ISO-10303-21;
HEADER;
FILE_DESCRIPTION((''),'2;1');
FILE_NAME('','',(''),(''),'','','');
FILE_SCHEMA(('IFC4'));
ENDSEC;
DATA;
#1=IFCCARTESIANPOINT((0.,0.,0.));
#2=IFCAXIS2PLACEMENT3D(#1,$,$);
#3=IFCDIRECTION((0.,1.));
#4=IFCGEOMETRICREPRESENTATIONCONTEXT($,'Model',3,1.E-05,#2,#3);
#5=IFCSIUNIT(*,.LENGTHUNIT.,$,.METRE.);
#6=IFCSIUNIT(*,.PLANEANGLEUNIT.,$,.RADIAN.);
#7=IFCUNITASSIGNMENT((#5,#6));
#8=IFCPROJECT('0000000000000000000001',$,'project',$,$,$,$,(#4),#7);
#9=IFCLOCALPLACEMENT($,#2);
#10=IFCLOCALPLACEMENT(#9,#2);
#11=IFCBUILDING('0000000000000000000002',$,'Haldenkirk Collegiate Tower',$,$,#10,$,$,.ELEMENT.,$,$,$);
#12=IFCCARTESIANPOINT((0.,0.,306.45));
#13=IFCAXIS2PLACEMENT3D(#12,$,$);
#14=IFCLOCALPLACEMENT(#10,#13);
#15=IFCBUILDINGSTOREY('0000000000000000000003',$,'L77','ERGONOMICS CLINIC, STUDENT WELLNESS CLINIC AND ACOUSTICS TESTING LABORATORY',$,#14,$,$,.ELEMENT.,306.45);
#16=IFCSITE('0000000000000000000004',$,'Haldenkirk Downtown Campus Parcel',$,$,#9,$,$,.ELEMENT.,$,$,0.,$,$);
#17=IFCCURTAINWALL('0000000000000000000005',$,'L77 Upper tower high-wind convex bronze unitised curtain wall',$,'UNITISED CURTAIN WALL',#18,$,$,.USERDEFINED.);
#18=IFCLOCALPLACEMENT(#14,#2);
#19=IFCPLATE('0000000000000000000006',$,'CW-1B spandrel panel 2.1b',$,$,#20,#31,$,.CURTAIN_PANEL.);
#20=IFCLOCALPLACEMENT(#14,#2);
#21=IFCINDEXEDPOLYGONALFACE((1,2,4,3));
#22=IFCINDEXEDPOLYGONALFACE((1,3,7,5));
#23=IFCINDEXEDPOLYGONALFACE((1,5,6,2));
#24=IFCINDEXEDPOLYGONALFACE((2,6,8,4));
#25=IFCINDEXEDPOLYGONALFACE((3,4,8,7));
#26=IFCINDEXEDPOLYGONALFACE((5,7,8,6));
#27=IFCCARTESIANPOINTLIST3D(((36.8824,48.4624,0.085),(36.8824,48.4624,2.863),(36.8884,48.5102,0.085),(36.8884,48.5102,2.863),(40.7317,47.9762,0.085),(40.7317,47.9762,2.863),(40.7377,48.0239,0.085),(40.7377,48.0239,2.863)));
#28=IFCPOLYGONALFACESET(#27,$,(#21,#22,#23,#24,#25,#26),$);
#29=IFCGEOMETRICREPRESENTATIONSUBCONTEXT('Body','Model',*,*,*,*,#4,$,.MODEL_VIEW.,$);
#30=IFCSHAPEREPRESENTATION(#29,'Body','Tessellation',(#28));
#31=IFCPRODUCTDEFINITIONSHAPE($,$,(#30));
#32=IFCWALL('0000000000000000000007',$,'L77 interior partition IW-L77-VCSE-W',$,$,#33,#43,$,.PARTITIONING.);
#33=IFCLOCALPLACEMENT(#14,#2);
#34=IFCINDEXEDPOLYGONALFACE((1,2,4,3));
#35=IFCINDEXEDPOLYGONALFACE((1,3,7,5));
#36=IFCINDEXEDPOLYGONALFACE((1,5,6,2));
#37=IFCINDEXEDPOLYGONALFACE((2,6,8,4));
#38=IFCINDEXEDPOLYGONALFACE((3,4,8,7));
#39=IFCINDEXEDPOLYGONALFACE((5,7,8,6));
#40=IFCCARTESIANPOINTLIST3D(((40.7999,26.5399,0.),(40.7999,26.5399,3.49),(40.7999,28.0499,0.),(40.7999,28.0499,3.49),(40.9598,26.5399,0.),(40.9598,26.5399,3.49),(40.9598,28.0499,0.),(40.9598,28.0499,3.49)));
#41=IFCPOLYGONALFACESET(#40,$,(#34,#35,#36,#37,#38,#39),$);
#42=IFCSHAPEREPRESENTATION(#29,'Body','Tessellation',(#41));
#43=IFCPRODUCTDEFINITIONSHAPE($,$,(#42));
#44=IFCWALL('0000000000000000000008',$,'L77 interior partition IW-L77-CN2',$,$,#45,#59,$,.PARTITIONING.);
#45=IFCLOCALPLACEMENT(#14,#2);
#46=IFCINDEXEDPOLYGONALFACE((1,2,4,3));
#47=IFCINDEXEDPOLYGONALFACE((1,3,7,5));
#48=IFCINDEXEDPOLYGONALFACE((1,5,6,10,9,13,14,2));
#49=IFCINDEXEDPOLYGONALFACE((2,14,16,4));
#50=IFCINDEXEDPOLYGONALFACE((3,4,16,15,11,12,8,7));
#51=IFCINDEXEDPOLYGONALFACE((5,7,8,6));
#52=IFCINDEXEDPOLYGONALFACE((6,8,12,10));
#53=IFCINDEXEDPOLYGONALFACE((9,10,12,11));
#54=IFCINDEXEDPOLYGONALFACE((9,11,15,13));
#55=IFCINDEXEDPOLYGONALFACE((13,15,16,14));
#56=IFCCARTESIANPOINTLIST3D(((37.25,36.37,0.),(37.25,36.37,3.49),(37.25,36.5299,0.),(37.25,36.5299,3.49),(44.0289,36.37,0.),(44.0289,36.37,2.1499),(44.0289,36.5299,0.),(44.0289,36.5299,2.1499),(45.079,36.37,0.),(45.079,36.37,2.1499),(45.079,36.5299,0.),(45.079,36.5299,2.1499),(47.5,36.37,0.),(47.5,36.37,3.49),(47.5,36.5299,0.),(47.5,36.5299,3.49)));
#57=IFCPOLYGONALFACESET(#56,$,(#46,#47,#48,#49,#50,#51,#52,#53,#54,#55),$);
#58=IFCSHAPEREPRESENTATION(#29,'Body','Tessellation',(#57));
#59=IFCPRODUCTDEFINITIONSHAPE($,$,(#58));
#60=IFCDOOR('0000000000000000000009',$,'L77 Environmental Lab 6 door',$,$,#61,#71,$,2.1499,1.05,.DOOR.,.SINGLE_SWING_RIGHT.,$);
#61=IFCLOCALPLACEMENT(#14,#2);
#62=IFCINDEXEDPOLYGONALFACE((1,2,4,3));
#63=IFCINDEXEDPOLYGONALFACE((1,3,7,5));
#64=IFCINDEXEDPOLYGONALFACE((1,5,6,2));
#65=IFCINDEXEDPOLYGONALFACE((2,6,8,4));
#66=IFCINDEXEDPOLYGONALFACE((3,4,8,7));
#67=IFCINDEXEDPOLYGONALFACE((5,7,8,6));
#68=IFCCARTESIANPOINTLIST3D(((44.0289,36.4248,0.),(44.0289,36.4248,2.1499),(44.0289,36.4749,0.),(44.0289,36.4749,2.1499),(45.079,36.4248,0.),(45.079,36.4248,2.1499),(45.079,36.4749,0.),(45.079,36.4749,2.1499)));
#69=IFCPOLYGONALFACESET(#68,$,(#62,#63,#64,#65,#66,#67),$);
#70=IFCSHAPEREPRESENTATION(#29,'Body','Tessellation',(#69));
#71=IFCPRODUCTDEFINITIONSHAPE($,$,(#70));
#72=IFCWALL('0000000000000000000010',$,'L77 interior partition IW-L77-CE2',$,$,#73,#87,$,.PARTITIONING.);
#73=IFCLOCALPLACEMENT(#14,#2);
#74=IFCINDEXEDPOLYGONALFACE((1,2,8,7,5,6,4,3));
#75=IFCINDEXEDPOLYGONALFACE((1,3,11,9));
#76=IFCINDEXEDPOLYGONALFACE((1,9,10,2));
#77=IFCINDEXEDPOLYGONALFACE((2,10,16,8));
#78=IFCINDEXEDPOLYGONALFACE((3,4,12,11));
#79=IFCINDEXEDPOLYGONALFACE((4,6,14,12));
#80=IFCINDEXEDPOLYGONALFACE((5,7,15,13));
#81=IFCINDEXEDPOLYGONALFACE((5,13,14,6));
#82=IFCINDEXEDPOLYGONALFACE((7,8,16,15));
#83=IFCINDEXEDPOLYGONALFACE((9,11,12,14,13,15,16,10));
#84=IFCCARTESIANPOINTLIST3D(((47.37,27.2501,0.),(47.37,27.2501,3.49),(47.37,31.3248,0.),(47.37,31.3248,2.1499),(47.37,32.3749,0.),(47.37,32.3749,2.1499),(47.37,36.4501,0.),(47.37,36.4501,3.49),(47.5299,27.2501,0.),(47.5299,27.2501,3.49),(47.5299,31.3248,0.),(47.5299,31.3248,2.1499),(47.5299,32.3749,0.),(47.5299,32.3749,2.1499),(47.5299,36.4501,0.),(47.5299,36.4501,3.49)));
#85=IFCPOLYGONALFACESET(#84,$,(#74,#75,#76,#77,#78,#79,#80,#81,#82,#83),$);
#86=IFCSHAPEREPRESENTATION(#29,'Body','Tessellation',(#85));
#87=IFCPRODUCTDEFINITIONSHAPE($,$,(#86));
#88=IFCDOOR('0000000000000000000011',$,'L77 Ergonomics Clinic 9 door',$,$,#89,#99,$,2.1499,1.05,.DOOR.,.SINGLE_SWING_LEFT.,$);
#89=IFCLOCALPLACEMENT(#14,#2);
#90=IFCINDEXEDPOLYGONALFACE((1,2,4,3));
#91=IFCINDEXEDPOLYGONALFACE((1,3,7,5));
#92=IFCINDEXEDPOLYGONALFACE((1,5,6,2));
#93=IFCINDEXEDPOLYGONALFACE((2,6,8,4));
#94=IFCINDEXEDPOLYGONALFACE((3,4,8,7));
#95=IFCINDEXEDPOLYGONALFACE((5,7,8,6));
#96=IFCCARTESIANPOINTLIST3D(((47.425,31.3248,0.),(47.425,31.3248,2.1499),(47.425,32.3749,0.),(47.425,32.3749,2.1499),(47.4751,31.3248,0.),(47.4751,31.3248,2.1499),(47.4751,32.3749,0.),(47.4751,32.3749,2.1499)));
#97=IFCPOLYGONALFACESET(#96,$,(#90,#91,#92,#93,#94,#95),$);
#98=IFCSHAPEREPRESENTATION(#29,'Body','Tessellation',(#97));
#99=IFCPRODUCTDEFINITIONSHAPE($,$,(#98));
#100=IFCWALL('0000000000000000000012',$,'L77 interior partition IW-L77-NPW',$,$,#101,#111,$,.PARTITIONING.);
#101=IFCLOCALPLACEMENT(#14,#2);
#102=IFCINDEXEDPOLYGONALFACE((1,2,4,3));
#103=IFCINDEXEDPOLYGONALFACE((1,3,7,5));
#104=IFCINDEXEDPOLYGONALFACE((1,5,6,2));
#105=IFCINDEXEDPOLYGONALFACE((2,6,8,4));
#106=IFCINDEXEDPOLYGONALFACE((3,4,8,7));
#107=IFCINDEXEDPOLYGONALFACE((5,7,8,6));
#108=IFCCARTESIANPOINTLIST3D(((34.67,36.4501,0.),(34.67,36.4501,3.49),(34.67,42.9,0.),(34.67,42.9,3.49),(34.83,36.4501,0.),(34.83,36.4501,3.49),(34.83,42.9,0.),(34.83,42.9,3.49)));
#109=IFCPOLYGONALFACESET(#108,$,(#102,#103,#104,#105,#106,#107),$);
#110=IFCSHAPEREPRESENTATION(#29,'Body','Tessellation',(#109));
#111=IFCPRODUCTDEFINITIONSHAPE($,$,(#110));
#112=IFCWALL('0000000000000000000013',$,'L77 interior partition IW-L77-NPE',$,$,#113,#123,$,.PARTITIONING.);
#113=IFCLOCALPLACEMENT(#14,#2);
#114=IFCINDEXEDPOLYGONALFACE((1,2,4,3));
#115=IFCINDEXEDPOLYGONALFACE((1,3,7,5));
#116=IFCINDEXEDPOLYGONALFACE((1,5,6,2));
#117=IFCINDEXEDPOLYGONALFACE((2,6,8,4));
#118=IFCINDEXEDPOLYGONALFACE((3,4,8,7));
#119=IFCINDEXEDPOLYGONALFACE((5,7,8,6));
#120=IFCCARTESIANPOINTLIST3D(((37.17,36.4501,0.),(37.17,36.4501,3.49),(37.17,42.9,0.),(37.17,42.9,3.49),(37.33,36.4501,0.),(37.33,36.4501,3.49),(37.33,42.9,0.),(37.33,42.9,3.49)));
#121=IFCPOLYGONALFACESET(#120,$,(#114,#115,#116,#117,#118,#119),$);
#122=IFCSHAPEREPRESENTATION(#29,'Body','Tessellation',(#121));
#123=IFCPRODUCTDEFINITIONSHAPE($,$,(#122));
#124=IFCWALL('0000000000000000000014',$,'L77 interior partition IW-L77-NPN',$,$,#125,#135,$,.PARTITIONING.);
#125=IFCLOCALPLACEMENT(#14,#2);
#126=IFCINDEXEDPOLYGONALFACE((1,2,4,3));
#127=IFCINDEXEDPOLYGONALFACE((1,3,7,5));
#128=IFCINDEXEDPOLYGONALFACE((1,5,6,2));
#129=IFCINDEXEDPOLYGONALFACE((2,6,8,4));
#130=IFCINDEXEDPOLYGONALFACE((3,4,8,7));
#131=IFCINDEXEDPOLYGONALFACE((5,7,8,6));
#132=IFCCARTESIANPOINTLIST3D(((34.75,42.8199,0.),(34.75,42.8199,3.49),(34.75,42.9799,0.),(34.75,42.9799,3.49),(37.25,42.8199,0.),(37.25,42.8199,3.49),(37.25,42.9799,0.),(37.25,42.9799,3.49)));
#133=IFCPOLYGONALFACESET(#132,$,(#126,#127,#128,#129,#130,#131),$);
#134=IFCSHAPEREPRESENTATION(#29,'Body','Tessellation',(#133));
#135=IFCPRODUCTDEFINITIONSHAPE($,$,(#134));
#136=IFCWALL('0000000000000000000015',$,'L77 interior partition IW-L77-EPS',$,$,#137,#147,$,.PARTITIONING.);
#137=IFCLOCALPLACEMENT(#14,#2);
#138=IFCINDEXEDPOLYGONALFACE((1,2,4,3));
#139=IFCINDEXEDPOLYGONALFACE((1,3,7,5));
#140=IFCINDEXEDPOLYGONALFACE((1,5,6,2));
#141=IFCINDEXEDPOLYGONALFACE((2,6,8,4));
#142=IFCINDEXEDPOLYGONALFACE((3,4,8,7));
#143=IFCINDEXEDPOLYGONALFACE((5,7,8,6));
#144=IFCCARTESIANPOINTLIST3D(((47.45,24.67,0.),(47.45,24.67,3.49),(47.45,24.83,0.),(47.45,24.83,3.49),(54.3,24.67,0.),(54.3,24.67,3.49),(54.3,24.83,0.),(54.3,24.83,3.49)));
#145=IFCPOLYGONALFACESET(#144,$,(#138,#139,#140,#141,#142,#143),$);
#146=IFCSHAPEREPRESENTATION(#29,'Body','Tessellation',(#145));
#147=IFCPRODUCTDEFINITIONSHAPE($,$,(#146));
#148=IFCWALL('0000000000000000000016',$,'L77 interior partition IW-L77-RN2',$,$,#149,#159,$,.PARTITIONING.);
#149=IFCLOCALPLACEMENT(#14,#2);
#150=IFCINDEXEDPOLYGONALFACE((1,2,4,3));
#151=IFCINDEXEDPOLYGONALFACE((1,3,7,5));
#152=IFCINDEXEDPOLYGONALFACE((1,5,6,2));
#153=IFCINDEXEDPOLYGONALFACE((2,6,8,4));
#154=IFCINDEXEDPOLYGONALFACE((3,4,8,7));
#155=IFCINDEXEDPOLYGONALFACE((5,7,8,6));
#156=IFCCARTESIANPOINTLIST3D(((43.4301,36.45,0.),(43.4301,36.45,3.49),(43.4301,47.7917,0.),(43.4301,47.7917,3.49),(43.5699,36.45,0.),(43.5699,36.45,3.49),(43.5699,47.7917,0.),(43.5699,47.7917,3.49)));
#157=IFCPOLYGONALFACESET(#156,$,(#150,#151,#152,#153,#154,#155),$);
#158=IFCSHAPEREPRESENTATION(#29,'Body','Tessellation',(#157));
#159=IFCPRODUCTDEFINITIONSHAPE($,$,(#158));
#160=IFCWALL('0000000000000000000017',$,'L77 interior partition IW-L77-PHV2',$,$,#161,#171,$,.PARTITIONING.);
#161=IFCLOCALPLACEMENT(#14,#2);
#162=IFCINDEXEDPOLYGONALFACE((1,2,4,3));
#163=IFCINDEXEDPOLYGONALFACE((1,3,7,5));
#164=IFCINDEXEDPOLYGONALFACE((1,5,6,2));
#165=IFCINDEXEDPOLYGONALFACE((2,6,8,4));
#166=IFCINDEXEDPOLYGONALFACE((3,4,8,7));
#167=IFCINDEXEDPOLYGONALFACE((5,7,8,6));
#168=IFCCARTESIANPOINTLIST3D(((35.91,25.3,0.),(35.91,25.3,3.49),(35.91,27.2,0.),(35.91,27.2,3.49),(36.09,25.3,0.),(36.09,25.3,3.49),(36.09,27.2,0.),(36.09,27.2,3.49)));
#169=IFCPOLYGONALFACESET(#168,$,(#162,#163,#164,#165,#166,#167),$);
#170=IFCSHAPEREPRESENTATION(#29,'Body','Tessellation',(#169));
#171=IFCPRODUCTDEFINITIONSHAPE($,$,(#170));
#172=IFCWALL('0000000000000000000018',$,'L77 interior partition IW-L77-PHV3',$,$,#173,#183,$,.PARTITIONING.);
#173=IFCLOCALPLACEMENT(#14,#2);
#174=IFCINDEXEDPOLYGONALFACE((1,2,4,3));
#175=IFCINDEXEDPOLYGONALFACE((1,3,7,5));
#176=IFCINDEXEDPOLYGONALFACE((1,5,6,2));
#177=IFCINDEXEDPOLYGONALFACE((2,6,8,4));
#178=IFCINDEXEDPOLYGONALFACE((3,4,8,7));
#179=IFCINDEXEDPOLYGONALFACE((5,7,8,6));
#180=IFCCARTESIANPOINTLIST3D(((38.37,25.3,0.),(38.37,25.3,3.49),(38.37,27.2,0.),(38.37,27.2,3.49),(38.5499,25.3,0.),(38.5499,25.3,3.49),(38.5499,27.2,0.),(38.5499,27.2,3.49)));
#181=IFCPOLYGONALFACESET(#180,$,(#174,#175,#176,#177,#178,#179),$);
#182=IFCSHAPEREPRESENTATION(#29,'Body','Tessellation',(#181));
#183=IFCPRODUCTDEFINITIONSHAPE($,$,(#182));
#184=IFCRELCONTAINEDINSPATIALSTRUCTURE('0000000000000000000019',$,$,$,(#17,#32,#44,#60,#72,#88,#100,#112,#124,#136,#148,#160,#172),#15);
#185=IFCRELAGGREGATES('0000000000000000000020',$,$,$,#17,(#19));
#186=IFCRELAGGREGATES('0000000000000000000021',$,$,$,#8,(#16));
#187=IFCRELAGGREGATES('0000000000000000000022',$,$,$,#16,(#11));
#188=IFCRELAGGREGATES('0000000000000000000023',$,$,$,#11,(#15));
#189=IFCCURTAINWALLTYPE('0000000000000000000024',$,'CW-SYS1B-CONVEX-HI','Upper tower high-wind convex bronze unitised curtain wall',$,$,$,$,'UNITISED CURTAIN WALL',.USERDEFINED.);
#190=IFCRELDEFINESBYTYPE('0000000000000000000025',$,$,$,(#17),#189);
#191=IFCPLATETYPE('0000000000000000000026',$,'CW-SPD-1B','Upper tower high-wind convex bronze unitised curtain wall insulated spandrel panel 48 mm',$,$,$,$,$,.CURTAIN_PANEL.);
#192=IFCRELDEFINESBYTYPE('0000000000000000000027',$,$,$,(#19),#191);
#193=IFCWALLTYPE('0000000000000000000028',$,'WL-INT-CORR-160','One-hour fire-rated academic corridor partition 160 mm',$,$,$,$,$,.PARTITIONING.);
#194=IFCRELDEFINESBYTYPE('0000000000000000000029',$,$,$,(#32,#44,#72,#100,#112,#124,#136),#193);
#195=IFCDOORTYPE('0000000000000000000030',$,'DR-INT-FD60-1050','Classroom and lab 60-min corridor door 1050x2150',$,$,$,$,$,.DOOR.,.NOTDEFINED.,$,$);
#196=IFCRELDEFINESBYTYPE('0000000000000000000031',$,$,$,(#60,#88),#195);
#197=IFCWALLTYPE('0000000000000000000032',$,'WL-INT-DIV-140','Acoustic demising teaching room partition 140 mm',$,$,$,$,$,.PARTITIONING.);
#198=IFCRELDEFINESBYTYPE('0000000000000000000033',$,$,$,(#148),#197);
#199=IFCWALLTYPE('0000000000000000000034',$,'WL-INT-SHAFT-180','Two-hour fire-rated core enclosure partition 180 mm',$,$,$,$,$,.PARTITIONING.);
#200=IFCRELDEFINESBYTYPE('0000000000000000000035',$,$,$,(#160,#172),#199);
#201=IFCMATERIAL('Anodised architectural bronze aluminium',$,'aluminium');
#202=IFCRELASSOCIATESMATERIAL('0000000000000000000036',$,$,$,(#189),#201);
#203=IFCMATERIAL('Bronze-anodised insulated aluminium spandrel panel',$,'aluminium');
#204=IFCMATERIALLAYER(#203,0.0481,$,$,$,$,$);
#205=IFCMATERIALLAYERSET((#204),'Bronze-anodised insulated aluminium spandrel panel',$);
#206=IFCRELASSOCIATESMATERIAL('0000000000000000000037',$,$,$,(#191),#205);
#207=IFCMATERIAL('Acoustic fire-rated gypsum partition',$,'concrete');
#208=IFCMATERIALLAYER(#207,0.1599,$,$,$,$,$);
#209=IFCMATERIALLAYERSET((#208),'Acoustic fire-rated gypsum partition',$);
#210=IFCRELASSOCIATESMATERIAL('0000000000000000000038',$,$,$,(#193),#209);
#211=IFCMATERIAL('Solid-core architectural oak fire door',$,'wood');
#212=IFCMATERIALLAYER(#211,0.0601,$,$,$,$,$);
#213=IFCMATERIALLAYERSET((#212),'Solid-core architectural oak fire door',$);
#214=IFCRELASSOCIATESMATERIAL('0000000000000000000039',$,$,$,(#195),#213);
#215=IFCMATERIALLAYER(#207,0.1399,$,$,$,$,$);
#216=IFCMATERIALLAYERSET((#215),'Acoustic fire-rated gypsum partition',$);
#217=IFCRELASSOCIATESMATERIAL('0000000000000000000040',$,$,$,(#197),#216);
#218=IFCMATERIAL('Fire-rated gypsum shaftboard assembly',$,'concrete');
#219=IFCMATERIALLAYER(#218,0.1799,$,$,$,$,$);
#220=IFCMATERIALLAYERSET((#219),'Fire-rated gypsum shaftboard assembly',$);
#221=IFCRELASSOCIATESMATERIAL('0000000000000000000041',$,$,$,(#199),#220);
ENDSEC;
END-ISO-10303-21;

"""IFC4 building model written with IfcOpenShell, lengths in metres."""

from ifc_helpers import new_model, si_unit, direction, frame, frame_2d, origin, origin_2d, place, context, subcontext, project, spatial, rectangle, extrude, source, transform, mapped, material, layer, layer_set, type_object, element, fill, aggregate, save


model = new_model("IFC4")

# Units and contexts
model_context = context("Model", 3, precision=1e-05, world=origin(), true_north=direction((0.0, 1.0)))
body_context = subcontext(model_context, "Body", "Model", "MODEL_VIEW")
ifc_project = project(units=[si_unit("LENGTHUNIT", "METRE"), si_unit("PLANEANGLEUNIT", "RADIAN")], contexts=[model_context])

# Site, building, storey
site_placement = place(None, origin())
site = spatial("IfcSite", under=ifc_project, at=site_placement, Name="Haldenkirk Downtown Campus Parcel", CompositionType="ELEMENT", RefElevation=0.0)
building_placement = place(site_placement, origin())
building = spatial("IfcBuilding", under=site, at=building_placement, Name="Haldenkirk Collegiate Tower", CompositionType="ELEMENT")
storey_placement = place(building_placement, frame((0.0, 0.0, 306.45)))
storey = spatial("IfcBuildingStorey", under=building, at=storey_placement, Name="L77", Description="ERGONOMICS CLINIC, STUDENT WELLNESS CLINIC AND ACOUSTICS TESTING LABORATORY", CompositionType="ELEMENT", Elevation=306.45)

# Curtain wall
ifc_material_1 = material(Name="Anodised architectural bronze aluminium", Category="aluminium")
curtain_wall_type = type_object("IfcCurtainWallType", Name="CW-SYS1B-CONVEX-HI", Description="Upper tower high-wind convex bronze unitised curtain wall", ElementType="UNITISED CURTAIN WALL", PredefinedType="USERDEFINED", material=ifc_material_1)
curtain_wall_placement = place(storey_placement, origin())
curtain_wall = element("IfcCurtainWall", 1, at=curtain_wall_placement, inside=storey, type_object=curtain_wall_type, Name="L77 Upper tower high-wind convex bronze unitised curtain wall", ObjectType="UNITISED CURTAIN WALL", PredefinedType="USERDEFINED")

# Plate
ifc_material_2 = material(Name="Bronze-anodised insulated aluminium spandrel panel", Category="aluminium")
ifc_layer_1 = layer(ifc_material_2, 0.0481)
ifc_layer_set_1 = layer_set([ifc_layer_1], Name="Bronze-anodised insulated aluminium spandrel panel")
plate_type_1 = type_object("IfcPlateType", Name="CW-SPD-1B", Description="Upper tower high-wind convex bronze unitised curtain wall insulated spandrel panel 48 mm", PredefinedType="CURTAIN_PANEL", material=ifc_layer_set_1)
shared_shape_1 = source(origin(), body_context, "Body", "SweptSolid", [
    extrude(rectangle(XDim=3.8799, YDim=0.0481, at=origin_2d()), origin(), (0.0, 0.0, 1.0), 2.7781),
])
plate_1_placement = place(storey_placement, frame((38.8101, 48.2432, 0.085), z_axis=(0.0, 0.0, 1.0), x_axis=(0.992115, -0.125333, 0.0)))
plate_1 = element("IfcPlate", 2, at=plate_1_placement, type_object=plate_type_1, Name="CW-1B spandrel panel 2.1b", PredefinedType="CURTAIN_PANEL", context=body_context, shape_type="MappedRepresentation", body=[
    mapped(shared_shape_1, transform((0.0, 0.0, 0.0), x_axis=(1.0, 0.0, 0.0), y_axis=(0.0, 1.0, 0.0), z_axis=(0.0, 0.0, 1.0), scale=1.0)),
])
aggregate(curtain_wall, [plate_1])

# Shared definitions
ifc_material_3 = material(Name="Acoustic fire-rated gypsum partition", Category="concrete")
ifc_layer_2 = layer(ifc_material_3, 0.1599)
ifc_layer_set_2 = layer_set([ifc_layer_2], Name="Acoustic fire-rated gypsum partition")
wall_type_1 = type_object("IfcWallType", Name="WL-INT-CORR-160", Description="One-hour fire-rated academic corridor partition 160 mm", PredefinedType="PARTITIONING", material=ifc_layer_set_2)
ifc_material_4 = material(Name="Solid-core architectural oak fire door", Category="wood")

# Wall
wall_1_placement = place(storey_placement, frame((40.8799, 26.54, 0.0), z_axis=(0.0, 0.0, 1.0), x_axis=(0.0, 1.0, 0.0)))
element("IfcWall", 3, at=wall_1_placement, inside=storey, type_object=wall_type_1, Name="L77 interior partition IW-L77-VCSE-W", PredefinedType="PARTITIONING", context=body_context, shape_type="SweptSolid", body=[
    extrude(rectangle(XDim=1.51, YDim=0.1599, at=frame_2d((0.7549, 0.0))), origin(), (0.0, 0.0, 1.0), 3.49),
])

# Walls, openings, doors
wall_2_placement = place(storey_placement, frame((37.25, 36.45, 0.0), z_axis=(0.0, 0.0, 1.0), x_axis=(1.0, 0.0, 0.0)))
wall_2 = element("IfcWall", 4, at=wall_2_placement, inside=storey, type_object=wall_type_1, Name="L77 interior partition IW-L77-CN2", PredefinedType="PARTITIONING", context=body_context, shape_type="SweptSolid", body=[
    extrude(rectangle(XDim=10.25, YDim=0.1599, at=frame_2d((5.125, 0.0))), origin(), (0.0, 0.0, 1.0), 3.49),
])
opening_1_placement = place(wall_2_placement, frame((6.7791, 0.0, 0.0)))
opening_1 = element("IfcOpeningElement", 5, at=opening_1_placement, cuts=wall_2, PredefinedType="OPENING", context=body_context, shape_type="SweptSolid", body=[
    extrude(rectangle(XDim=1.05, YDim=2.1499, at=frame_2d((0.5249, 1.075))), frame((0.0, 0.0898, 0.0), z_axis=(0.0, -1.0, 0.0), x_axis=(1.0, 0.0, 0.0)), (0.0, 0.0, 1.0), 0.1799),
])
ifc_layer_3 = layer(ifc_material_4, 0.0601)
ifc_layer_set_3 = layer_set([ifc_layer_3], Name="Solid-core architectural oak fire door")
door_type_1 = type_object("IfcDoorType", Name="DR-INT-FD60-1050", Description="Classroom and lab 60-min corridor door 1050x2150", OperationType="NOTDEFINED", PredefinedType="DOOR", material=ifc_layer_set_3)
door_1_placement = place(opening_1_placement, origin())
door_1 = element("IfcDoor", 6, at=door_1_placement, inside=storey, type_object=door_type_1, Name="L77 Environmental Lab 6 door", OperationType="SINGLE_SWING_RIGHT", OverallHeight=2.1499, OverallWidth=1.05, PredefinedType="DOOR", context=body_context, shape_type="SweptSolid", body=[
    extrude(rectangle(XDim=1.05, YDim=2.1499, at=frame_2d((0.5249, 1.075))), frame((0.0, 0.0249, 0.0), z_axis=(0.0, -1.0, 0.0), x_axis=(1.0, 0.0, 0.0)), (0.0, 0.0, 1.0), 0.05),
])
fill(opening_1, door_1)
wall_3_placement = place(storey_placement, frame((47.45, 27.25, 0.0), z_axis=(0.0, 0.0, 1.0), x_axis=(0.0, 1.0, 0.0)))
wall_3 = element("IfcWall", 7, at=wall_3_placement, inside=storey, type_object=wall_type_1, Name="L77 interior partition IW-L77-CE2", PredefinedType="PARTITIONING", context=body_context, shape_type="SweptSolid", body=[
    extrude(rectangle(XDim=9.2, YDim=0.1599, at=frame_2d((4.6001, 0.0))), origin(), (0.0, 0.0, 1.0), 3.49),
])
opening_2_placement = place(wall_3_placement, frame((4.075, 0.0, 0.0)))
opening_2 = element("IfcOpeningElement", 8, at=opening_2_placement, cuts=wall_3, PredefinedType="OPENING", context=body_context, shape_type="SweptSolid", body=[
    extrude(rectangle(XDim=1.05, YDim=2.1499, at=frame_2d((0.5249, 1.075))), frame((0.0, 0.0898, 0.0), z_axis=(0.0, -1.0, 0.0), x_axis=(1.0, 0.0, 0.0)), (0.0, 0.0, 1.0), 0.1799),
])
door_2_placement = place(opening_2_placement, origin())
door_2 = element("IfcDoor", 9, at=door_2_placement, inside=storey, type_object=door_type_1, Name="L77 Ergonomics Clinic 9 door", OperationType="SINGLE_SWING_LEFT", OverallHeight=2.1499, OverallWidth=1.05, PredefinedType="DOOR", context=body_context, shape_type="SweptSolid", body=[
    extrude(rectangle(XDim=1.05, YDim=2.1499, at=frame_2d((0.5249, 1.075))), frame((0.0, 0.0249, 0.0), z_axis=(0.0, -1.0, 0.0), x_axis=(1.0, 0.0, 0.0)), (0.0, 0.0, 1.0), 0.05),
])
fill(opening_2, door_2)

# Walls
for number, where, z_axis, x_axis, name in (
    (10, (34.75, 36.45, 0.0), (0.0, 0.0, 1.0), (0.0, 1.0, 0.0), "L77 interior partition IW-L77-NPW"),
    (11, (37.25, 36.45, 0.0), (0.0, 0.0, 1.0), (0.0, 1.0, 0.0), "L77 interior partition IW-L77-NPE"),
):
    element("IfcWall", number, at=place(storey_placement, frame(where, z_axis=z_axis, x_axis=x_axis)), inside=storey, type_object=wall_type_1, Name=name, PredefinedType="PARTITIONING", context=body_context, shape_type="SweptSolid", body=[
        extrude(rectangle(XDim=6.45, YDim=0.1599, at=frame_2d((3.2251, 0.0))), origin(), (0.0, 0.0, 1.0), 3.49),
    ])
wall_4_placement = place(storey_placement, frame((34.75, 42.8999, 0.0), z_axis=(0.0, 0.0, 1.0), x_axis=(1.0, 0.0, 0.0)))
element("IfcWall", 12, at=wall_4_placement, inside=storey, type_object=wall_type_1, Name="L77 interior partition IW-L77-NPN", PredefinedType="PARTITIONING", context=body_context, shape_type="SweptSolid", body=[
    extrude(rectangle(XDim=2.5, YDim=0.1599, at=frame_2d((1.25, 0.0))), origin(), (0.0, 0.0, 1.0), 3.49),
])
wall_5_placement = place(storey_placement, frame((47.45, 24.75, 0.0), z_axis=(0.0, 0.0, 1.0), x_axis=(1.0, 0.0, 0.0)))
element("IfcWall", 13, at=wall_5_placement, inside=storey, type_object=wall_type_1, Name="L77 interior partition IW-L77-EPS", PredefinedType="PARTITIONING", context=body_context, shape_type="SweptSolid", body=[
    extrude(rectangle(XDim=6.8501, YDim=0.1599, at=frame_2d((3.425, 0.0))), origin(), (0.0, 0.0, 1.0), 3.49),
])
ifc_layer_4 = layer(ifc_material_3, 0.1399)
ifc_layer_set_4 = layer_set([ifc_layer_4], Name="Acoustic fire-rated gypsum partition")
wall_type_2 = type_object("IfcWallType", Name="WL-INT-DIV-140", Description="Acoustic demising teaching room partition 140 mm", PredefinedType="PARTITIONING", material=ifc_layer_set_4)
wall_6_placement = place(storey_placement, frame((43.5, 36.45, 0.0), z_axis=(0.0, 0.0, 1.0), x_axis=(0.0, 1.0, 0.0)))
element("IfcWall", 14, at=wall_6_placement, inside=storey, type_object=wall_type_2, Name="L77 interior partition IW-L77-RN2", PredefinedType="PARTITIONING", context=body_context, shape_type="SweptSolid", body=[
    extrude(rectangle(XDim=11.3418, YDim=0.1399, at=frame_2d((5.6709, 0.0))), origin(), (0.0, 0.0, 1.0), 3.49),
])
ifc_material_5 = material(Name="Fire-rated gypsum shaftboard assembly", Category="concrete")
ifc_layer_5 = layer(ifc_material_5, 0.1799)
ifc_layer_set_5 = layer_set([ifc_layer_5], Name="Fire-rated gypsum shaftboard assembly")
wall_type_3 = type_object("IfcWallType", Name="WL-INT-SHAFT-180", Description="Two-hour fire-rated core enclosure partition 180 mm", PredefinedType="PARTITIONING", material=ifc_layer_set_5)
for number, where, z_axis, x_axis, name in (
    (15, (36.0, 25.3, 0.0), (0.0, 0.0, 1.0), (0.0, 1.0, 0.0), "L77 interior partition IW-L77-PHV2"),
    (16, (38.46, 25.3, 0.0), (0.0, 0.0, 1.0), (0.0, 1.0, 0.0), "L77 interior partition IW-L77-PHV3"),
):
    element("IfcWall", number, at=place(storey_placement, frame(where, z_axis=z_axis, x_axis=x_axis)), inside=storey, type_object=wall_type_3, Name=name, PredefinedType="PARTITIONING", context=body_context, shape_type="SweptSolid", body=[
        extrude(rectangle(XDim=1.8999, YDim=0.1799, at=frame_2d((0.95, 0.0))), origin(), (0.0, 0.0, 1.0), 3.49),
    ])

save(model, "model.ifc")
